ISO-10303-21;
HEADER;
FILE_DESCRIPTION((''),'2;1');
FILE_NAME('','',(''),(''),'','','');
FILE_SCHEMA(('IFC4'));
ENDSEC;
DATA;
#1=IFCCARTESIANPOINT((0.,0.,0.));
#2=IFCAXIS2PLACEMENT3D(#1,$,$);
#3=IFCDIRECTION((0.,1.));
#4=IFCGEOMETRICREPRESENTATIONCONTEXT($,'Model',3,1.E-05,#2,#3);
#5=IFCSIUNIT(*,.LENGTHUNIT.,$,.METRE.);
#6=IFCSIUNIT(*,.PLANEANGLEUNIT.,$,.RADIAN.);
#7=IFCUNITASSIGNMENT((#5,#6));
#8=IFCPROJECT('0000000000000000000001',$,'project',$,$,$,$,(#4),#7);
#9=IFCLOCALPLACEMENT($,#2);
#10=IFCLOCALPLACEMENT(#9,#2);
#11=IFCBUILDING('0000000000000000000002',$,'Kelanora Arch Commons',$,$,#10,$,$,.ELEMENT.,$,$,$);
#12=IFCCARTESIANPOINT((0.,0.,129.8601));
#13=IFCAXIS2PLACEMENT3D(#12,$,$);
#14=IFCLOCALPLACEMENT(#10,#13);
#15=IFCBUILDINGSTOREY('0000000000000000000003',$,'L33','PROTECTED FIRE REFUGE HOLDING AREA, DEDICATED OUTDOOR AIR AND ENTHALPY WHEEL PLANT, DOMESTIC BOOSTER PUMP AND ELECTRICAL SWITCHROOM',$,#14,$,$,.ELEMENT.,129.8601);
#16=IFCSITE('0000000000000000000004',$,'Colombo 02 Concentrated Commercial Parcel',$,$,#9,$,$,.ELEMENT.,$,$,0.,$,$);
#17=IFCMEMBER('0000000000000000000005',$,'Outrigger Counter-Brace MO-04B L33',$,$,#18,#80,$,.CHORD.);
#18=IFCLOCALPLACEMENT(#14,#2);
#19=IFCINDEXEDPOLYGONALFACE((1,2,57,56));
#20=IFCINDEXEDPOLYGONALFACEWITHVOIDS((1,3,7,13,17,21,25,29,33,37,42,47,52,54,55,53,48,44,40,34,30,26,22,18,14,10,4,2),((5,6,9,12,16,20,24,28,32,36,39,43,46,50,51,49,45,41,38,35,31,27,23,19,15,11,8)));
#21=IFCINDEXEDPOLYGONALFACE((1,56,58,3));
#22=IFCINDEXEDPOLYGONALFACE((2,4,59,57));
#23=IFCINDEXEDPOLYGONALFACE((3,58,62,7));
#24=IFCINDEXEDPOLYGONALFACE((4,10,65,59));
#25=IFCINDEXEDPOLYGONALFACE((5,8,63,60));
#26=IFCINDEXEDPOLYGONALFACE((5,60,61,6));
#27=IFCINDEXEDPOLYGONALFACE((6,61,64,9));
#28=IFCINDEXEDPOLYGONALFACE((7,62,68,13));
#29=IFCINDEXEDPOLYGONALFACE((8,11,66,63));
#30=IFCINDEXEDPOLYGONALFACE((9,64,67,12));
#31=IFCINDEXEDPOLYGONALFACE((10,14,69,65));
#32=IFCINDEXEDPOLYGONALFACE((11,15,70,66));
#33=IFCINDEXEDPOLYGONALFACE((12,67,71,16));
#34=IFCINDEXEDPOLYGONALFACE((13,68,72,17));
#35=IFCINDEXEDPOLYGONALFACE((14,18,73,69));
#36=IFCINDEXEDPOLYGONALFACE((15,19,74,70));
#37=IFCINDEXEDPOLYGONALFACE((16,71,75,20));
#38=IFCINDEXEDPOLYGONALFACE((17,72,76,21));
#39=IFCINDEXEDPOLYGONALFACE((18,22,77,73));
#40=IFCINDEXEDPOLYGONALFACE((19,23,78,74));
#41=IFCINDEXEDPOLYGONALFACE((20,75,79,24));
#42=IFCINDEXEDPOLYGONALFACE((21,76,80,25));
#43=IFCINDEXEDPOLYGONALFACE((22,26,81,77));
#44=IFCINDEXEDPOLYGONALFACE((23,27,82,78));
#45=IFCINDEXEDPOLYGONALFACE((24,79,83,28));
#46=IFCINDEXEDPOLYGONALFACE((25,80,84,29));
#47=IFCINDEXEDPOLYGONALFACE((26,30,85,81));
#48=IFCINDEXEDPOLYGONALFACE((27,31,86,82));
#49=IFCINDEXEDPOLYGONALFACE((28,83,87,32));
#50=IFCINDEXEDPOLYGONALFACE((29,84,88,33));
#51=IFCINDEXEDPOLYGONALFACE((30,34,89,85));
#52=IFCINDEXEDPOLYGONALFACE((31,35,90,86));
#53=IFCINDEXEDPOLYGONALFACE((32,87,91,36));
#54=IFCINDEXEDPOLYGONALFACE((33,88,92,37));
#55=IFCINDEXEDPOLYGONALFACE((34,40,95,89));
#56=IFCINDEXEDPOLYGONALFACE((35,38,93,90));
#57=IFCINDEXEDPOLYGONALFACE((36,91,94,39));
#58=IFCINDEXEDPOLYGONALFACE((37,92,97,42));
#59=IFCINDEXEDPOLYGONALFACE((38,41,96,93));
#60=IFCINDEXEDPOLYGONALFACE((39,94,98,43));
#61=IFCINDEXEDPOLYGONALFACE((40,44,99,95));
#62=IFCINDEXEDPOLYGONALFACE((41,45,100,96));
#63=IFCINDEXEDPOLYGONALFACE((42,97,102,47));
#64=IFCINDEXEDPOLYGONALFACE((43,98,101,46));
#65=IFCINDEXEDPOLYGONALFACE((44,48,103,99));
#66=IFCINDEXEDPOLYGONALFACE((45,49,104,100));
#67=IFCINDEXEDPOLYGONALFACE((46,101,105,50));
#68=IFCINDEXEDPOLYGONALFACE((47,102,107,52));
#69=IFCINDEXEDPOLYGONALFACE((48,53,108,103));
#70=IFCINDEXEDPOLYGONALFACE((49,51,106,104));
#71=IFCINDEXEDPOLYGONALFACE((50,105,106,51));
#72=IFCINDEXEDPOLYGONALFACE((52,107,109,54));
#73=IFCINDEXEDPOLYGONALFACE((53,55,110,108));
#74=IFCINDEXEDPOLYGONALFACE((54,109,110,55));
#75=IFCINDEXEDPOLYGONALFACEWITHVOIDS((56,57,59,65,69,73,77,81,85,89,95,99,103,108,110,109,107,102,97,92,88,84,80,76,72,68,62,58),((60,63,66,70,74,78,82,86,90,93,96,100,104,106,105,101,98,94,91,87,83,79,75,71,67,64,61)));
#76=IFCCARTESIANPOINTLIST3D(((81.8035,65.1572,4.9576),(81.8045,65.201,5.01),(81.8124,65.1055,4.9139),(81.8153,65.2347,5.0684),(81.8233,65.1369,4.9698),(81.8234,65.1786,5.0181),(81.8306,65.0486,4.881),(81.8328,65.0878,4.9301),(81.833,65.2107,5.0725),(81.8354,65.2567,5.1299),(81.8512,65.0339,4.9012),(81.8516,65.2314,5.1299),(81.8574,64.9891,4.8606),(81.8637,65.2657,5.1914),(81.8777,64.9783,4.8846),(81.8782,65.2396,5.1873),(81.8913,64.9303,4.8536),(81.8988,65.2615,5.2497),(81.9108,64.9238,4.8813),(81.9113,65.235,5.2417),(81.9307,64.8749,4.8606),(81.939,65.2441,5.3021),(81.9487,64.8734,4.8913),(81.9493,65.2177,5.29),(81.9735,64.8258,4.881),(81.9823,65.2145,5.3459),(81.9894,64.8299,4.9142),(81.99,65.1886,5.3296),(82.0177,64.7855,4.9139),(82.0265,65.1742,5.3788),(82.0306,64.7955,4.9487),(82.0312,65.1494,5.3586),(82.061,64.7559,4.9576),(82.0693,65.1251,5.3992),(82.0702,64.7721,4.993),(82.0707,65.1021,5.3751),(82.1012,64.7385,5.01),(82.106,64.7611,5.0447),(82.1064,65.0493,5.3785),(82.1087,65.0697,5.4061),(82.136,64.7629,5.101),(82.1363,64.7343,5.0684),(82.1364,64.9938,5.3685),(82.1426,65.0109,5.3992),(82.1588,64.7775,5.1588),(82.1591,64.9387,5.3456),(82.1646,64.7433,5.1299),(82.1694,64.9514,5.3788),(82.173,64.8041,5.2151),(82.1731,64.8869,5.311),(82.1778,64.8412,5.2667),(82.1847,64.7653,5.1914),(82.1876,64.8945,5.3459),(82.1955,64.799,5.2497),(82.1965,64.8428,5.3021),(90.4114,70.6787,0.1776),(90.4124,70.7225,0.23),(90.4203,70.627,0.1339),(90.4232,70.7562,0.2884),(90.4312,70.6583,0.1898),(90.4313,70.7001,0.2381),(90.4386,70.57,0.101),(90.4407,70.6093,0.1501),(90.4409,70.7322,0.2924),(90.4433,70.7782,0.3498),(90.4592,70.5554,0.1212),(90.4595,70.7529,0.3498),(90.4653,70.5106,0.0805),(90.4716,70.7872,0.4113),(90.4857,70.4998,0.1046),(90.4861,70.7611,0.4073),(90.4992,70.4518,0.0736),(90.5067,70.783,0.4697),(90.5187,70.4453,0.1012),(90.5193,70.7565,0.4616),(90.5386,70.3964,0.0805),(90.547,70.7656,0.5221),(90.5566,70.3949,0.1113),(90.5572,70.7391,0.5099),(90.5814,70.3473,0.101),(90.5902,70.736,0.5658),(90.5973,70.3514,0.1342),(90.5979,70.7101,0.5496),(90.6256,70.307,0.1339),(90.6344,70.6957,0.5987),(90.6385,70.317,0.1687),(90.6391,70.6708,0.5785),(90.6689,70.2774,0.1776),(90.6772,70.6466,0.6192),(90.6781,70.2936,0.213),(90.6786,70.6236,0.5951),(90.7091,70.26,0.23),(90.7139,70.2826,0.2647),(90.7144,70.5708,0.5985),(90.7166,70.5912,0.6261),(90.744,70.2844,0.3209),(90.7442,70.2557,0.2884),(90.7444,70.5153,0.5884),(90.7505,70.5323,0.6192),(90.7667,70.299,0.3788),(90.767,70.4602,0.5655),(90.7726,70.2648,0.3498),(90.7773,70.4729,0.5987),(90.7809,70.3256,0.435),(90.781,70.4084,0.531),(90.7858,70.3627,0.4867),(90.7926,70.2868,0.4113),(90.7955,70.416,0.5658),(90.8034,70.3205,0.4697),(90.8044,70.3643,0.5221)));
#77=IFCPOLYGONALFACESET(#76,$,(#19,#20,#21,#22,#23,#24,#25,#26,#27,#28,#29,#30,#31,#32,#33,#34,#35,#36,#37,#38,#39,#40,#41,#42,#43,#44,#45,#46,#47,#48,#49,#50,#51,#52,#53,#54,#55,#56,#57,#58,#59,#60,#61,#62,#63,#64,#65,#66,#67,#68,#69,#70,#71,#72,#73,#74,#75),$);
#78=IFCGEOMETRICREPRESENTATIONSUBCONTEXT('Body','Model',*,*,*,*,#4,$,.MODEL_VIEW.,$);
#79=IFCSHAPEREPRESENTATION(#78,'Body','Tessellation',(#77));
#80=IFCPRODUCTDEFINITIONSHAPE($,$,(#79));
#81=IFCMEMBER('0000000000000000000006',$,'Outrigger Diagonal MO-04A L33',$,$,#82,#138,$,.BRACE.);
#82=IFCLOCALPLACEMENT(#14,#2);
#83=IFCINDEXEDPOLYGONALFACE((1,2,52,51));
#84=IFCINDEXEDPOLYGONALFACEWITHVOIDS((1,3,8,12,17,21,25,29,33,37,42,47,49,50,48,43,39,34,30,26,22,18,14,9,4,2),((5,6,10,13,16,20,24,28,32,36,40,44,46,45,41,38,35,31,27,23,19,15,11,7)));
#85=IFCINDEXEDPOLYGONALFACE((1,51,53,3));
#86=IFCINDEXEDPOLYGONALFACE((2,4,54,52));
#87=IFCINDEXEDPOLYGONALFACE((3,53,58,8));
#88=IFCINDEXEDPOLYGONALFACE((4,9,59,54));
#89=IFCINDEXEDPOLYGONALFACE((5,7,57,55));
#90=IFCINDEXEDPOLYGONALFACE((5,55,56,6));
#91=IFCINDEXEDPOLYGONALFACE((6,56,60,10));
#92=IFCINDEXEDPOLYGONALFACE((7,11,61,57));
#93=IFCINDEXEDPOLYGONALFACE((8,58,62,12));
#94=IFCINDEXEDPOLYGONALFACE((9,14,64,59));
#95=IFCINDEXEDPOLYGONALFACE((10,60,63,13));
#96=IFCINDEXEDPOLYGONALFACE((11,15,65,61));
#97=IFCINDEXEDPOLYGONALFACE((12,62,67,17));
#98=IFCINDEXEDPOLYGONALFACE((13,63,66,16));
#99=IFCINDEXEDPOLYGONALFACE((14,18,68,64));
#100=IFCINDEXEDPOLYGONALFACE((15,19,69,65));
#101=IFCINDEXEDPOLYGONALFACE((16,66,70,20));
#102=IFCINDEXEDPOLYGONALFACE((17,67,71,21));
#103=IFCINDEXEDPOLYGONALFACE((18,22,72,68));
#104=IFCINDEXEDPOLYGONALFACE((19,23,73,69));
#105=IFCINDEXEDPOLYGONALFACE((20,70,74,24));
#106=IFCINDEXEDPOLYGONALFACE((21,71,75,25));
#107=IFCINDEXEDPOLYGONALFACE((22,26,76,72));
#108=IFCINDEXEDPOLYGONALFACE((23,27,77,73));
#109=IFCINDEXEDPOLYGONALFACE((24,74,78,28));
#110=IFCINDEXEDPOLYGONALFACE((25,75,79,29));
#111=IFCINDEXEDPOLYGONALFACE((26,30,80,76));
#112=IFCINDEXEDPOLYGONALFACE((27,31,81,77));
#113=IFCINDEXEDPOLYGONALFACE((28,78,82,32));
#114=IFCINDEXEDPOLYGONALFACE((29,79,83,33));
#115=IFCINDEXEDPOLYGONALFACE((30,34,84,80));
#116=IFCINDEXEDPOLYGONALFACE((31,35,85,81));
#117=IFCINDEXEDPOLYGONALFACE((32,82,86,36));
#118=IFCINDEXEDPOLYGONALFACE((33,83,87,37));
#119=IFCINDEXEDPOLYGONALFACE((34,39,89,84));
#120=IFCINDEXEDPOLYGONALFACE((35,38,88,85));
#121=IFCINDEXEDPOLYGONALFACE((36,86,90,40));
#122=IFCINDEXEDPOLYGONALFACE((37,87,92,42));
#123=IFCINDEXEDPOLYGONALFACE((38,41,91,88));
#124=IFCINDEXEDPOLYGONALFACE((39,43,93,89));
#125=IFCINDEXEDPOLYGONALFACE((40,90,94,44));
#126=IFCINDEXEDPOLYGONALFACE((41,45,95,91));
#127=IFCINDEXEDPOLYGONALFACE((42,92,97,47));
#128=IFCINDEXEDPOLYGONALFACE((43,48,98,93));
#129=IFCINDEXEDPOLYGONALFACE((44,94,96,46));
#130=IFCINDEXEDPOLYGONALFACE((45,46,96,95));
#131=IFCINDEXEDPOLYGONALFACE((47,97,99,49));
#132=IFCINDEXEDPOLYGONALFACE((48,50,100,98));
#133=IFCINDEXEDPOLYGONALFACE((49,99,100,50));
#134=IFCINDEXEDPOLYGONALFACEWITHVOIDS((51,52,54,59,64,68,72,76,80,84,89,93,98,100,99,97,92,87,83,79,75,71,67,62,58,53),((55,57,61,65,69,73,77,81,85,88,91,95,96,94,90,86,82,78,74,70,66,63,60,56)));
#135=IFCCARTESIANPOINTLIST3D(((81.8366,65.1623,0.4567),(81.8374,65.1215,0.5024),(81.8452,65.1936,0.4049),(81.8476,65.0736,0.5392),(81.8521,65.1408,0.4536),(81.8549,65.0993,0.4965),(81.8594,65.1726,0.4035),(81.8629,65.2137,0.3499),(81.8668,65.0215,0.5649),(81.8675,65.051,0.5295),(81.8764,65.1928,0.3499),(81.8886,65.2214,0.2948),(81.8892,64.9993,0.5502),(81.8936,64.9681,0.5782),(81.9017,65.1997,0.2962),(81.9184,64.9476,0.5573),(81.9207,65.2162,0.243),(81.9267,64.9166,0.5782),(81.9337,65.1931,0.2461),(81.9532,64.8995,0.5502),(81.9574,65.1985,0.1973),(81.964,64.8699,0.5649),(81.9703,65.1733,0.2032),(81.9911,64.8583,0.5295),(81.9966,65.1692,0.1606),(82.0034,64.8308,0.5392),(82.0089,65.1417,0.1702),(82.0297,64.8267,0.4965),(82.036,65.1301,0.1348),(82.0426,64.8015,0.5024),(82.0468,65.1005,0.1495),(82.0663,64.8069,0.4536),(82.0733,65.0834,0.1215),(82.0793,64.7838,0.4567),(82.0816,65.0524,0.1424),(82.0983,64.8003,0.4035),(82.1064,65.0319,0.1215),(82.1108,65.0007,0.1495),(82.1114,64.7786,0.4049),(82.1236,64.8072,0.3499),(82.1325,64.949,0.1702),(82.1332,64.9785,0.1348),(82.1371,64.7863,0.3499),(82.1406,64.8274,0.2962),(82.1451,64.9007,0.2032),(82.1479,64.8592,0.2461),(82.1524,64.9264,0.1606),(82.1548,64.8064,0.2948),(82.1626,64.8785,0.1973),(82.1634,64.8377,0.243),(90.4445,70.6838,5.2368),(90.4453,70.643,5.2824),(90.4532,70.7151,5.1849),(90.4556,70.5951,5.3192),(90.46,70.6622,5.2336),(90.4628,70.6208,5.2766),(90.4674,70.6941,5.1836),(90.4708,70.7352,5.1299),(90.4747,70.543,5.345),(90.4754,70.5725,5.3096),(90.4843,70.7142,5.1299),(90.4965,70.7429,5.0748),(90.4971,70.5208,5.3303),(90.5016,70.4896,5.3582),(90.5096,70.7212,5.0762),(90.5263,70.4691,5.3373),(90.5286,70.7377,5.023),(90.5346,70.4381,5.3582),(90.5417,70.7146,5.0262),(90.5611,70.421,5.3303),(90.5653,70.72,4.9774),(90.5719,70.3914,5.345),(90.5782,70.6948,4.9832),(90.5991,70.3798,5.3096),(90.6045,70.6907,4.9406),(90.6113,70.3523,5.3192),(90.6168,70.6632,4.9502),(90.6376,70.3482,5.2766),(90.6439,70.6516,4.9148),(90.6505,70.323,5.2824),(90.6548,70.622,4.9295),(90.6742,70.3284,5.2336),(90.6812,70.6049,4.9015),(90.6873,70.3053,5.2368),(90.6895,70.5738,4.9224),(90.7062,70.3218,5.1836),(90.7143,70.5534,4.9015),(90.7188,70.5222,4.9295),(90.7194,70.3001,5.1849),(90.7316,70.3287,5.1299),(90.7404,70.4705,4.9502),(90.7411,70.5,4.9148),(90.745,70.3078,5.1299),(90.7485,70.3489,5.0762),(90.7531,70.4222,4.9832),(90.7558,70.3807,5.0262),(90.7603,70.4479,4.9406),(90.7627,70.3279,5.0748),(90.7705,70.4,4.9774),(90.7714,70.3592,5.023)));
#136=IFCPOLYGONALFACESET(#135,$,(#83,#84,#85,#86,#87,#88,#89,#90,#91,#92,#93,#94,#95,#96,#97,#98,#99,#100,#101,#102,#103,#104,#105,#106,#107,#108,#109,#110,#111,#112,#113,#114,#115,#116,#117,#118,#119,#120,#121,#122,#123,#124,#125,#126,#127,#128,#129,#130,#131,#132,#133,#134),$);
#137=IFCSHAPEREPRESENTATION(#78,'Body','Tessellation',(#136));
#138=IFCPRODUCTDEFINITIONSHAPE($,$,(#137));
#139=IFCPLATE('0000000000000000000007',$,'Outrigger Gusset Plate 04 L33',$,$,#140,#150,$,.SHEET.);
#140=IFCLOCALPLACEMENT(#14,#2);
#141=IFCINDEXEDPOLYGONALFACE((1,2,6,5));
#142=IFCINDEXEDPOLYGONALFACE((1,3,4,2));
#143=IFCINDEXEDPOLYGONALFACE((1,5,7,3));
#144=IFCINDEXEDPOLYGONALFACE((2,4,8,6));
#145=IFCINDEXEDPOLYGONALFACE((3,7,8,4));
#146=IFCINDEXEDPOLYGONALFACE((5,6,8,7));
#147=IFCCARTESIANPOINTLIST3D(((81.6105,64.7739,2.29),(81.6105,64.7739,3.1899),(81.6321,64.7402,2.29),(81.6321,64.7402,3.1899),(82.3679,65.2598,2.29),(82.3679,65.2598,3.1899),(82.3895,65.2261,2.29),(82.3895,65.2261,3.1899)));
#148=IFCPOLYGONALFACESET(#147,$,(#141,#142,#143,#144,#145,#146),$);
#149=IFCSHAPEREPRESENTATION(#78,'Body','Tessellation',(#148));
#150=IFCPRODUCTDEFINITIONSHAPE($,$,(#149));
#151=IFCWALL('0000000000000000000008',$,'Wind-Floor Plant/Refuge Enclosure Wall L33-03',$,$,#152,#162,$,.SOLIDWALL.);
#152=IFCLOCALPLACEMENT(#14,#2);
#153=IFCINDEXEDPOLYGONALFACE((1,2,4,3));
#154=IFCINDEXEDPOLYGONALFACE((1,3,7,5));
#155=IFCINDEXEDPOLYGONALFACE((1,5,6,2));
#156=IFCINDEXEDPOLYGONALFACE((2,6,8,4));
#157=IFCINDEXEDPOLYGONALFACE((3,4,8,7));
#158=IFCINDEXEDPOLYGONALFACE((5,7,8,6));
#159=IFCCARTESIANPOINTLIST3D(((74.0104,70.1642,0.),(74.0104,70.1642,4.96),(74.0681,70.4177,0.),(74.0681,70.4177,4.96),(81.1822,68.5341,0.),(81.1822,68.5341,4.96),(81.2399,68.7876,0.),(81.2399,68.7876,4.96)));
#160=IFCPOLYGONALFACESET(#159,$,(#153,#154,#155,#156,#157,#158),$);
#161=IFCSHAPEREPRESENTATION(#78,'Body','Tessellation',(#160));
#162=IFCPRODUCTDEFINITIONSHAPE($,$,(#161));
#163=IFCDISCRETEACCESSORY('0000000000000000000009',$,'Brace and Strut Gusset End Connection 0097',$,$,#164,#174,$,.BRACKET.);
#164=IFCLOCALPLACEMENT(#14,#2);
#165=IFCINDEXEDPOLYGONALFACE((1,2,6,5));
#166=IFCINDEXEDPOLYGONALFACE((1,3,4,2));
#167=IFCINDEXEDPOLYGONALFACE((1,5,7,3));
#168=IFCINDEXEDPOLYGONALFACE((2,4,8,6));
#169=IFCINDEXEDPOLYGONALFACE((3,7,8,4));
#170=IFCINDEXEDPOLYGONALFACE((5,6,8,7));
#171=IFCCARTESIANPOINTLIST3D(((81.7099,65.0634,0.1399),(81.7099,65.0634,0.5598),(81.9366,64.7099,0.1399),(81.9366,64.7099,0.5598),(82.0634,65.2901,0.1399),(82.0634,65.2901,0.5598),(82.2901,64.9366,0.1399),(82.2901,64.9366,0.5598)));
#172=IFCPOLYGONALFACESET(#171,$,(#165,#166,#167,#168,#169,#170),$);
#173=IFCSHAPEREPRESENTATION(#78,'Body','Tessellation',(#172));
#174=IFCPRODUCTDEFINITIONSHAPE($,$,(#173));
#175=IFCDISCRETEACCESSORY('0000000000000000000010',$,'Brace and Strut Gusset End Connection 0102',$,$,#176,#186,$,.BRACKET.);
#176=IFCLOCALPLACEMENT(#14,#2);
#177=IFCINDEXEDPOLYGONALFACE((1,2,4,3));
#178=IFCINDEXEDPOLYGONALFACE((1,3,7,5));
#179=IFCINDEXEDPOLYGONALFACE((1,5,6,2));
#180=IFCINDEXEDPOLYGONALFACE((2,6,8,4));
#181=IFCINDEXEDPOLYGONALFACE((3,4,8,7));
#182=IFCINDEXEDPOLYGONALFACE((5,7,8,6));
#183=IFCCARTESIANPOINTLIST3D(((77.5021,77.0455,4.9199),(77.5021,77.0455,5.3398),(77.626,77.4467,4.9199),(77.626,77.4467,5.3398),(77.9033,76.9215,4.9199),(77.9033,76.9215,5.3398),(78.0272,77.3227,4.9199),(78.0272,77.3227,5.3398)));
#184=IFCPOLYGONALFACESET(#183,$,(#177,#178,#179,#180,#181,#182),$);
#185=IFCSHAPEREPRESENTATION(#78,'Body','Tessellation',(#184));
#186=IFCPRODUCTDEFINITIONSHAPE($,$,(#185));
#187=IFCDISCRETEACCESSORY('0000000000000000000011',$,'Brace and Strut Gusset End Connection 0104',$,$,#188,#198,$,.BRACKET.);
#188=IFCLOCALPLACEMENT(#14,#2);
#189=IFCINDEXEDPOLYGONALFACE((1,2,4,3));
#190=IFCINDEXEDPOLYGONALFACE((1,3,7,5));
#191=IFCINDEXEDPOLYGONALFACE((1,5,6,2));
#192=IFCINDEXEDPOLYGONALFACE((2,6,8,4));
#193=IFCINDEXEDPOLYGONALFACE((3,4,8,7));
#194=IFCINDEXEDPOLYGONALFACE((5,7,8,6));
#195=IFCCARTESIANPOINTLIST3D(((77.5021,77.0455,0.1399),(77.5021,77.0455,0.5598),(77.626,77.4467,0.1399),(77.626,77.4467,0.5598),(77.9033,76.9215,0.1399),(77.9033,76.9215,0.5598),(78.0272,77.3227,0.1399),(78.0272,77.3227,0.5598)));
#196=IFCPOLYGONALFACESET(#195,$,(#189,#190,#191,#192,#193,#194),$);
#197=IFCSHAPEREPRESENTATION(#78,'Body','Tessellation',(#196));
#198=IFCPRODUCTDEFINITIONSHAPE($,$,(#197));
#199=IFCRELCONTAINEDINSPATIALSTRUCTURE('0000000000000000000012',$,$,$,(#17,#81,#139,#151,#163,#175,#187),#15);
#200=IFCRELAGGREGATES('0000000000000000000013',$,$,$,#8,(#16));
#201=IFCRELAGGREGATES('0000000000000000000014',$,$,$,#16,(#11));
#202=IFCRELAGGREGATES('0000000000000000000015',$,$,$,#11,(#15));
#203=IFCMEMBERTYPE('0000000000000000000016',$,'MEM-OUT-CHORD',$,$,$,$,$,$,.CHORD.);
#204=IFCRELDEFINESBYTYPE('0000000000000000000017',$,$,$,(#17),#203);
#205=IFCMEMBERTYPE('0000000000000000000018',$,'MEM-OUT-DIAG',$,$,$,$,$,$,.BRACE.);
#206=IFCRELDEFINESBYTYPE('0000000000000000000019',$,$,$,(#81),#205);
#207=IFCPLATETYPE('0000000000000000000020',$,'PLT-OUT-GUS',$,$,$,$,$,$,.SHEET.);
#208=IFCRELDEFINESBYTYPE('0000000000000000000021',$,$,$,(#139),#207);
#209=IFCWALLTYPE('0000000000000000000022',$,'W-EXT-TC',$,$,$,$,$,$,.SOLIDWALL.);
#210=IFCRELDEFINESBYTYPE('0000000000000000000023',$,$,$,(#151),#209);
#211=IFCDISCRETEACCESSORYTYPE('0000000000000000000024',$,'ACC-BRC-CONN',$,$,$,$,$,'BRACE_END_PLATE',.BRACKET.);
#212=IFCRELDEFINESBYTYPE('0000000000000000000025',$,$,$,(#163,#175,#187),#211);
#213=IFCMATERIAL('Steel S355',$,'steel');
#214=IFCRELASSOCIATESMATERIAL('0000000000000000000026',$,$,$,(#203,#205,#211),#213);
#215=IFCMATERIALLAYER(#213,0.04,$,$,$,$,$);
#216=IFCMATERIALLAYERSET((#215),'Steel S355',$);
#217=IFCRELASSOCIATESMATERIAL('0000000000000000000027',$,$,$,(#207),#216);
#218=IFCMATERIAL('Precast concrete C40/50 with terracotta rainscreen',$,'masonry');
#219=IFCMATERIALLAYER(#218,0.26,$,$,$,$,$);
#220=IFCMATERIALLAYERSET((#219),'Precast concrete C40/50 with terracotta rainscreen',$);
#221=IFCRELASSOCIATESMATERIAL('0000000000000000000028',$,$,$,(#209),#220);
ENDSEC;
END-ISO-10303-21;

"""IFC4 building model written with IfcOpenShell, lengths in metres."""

from ifc_helpers import new_model, si_unit, direction, frame, frame_2d, origin, origin_2d, place, context, subcontext, project, spatial, rectangle, hollow_circle, extrude, source, transform, mapped, material, layer, layer_set, material_profile, profile_set, type_object, element, save


model = new_model("IFC4")

# Units and contexts
model_context = context("Model", 3, precision=1e-05, world=origin(), true_north=direction((0.0, 1.0)))
body_context = subcontext(model_context, "Body", "Model", "MODEL_VIEW")
ifc_project = project(units=[si_unit("LENGTHUNIT", "METRE"), si_unit("PLANEANGLEUNIT", "RADIAN")], contexts=[model_context])

# Site, building, storey
site_placement = place(None, origin())
site = spatial("IfcSite", under=ifc_project, at=site_placement, Name="Colombo 02 Concentrated Commercial Parcel", CompositionType="ELEMENT", RefElevation=0.0)
building_placement = place(site_placement, origin())
building = spatial("IfcBuilding", under=site, at=building_placement, Name="Kelanora Arch Commons", CompositionType="ELEMENT")
storey_placement = place(building_placement, frame((0.0, 0.0, 129.8601)))
storey = spatial("IfcBuildingStorey", under=building, at=storey_placement, Name="L33", Description="PROTECTED FIRE REFUGE HOLDING AREA, DEDICATED OUTDOOR AIR AND ENTHALPY WHEEL PLANT, DOMESTIC BOOSTER PUMP AND ELECTRICAL SWITCHROOM", CompositionType="ELEMENT", Elevation=129.8601)

# Shared definitions
ifc_material_1 = material(Name="Steel S355", Category="steel")

# Members
ifc_material_profile_1 = material_profile(ifc_material_1, hollow_circle(Radius=0.3049, WallThickness=0.03, at=origin_2d()), Name="CHS610x30")
ifc_profile_set_1 = profile_set([ifc_material_profile_1], Name="Steel S355")
member_type_1 = type_object("IfcMemberType", Name="MEM-OUT-CHORD", PredefinedType="CHORD", material=ifc_profile_set_1)
member_1_placement = place(storey_placement, frame((82.0, 65.0, 5.1299), z_axis=(0.762534, 0.489122, -0.42344), x_axis=(-0.539915, 0.841719, 0.0)))
element("IfcMember", 1, at=member_1_placement, inside=storey, type_object=member_type_1, Name="Outrigger Counter-Brace MO-04B L33", PredefinedType="CHORD", context=body_context, shape_type="SweptSolid", body=[
    extrude(hollow_circle(Radius=0.3049, WallThickness=0.03, at=origin_2d()), origin(), (0.0, 0.0, 1.0), 11.2886),
])
ifc_material_profile_2 = material_profile(ifc_material_1, hollow_circle(Radius=0.2539, WallThickness=0.0249, at=origin_2d()), Name="CHS508x25")
ifc_profile_set_2 = profile_set([ifc_material_profile_2], Name="Steel S355")
member_type_2 = type_object("IfcMemberType", Name="MEM-OUT-DIAG", PredefinedType="BRACE", material=ifc_profile_set_2)
member_2_placement = place(storey_placement, frame((82.0, 65.0, 0.3499), z_axis=(0.762534, 0.489122, 0.42344), x_axis=(-0.539915, 0.841719, 0.0)))
element("IfcMember", 2, at=member_2_placement, inside=storey, type_object=member_type_2, Name="Outrigger Diagonal MO-04A L33", PredefinedType="BRACE", context=body_context, shape_type="SweptSolid", body=[
    extrude(hollow_circle(Radius=0.2539, WallThickness=0.0249, at=origin_2d()), origin(), (0.0, 0.0, 1.0), 11.2886),
])

# Plate
ifc_layer_1 = layer(ifc_material_1, 0.04)
ifc_layer_set_1 = layer_set([ifc_layer_1], Name="Steel S355")
plate_type = type_object("IfcPlateType", Name="PLT-OUT-GUS", PredefinedType="SHEET", material=ifc_layer_set_1)
shared_shape_1 = source(origin(), body_context, "Body", "SweptSolid", [
    extrude(rectangle(XDim=0.8999, YDim=0.04, at=origin_2d()), origin(), (0.0, 0.0, 1.0), 0.8999),
])
plate_placement = place(storey_placement, frame((82.0, 65.0, 2.29), z_axis=(0.0, 0.0, 1.0), x_axis=(0.841716, 0.539921, 0.0)))
element("IfcPlate", 3, at=plate_placement, inside=storey, type_object=plate_type, Name="Outrigger Gusset Plate 04 L33", PredefinedType="SHEET", context=body_context, shape_type="MappedRepresentation", body=[
    mapped(shared_shape_1, transform((0.0, 0.0, 0.0), scale=1.0)),
])

# Wall
ifc_material_2 = material(Name="Precast concrete C40/50 with terracotta rainscreen", Category="masonry")
ifc_layer_2 = layer(ifc_material_2, 0.26)
ifc_layer_set_2 = layer_set([ifc_layer_2], Name="Precast concrete C40/50 with terracotta rainscreen")
wall_type = type_object("IfcWallType", Name="W-EXT-TC", PredefinedType="SOLIDWALL", material=ifc_layer_set_2)
wall_placement = place(storey_placement, frame((81.2109, 68.6609, 0.0), z_axis=(0.0, 0.0, 1.0), x_axis=(-0.975128, 0.221641, 0.0)))
element("IfcWall", 4, at=wall_placement, inside=storey, type_object=wall_type, Name="Wind-Floor Plant/Refuge Enclosure Wall L33-03", PredefinedType="SOLIDWALL", context=body_context, shape_type="SweptSolid", body=[
    extrude(rectangle(XDim=7.3547, YDim=0.26, at=frame_2d((3.6772, 0.0))), origin(), (0.0, 0.0, 1.0), 4.96),
])

# Discrete accessories
discrete_accessory_type = type_object("IfcDiscreteAccessoryType", Name="ACC-BRC-CONN", ElementType="BRACE_END_PLATE", PredefinedType="BRACKET", material=ifc_material_1)
shared_shape_2 = source(origin(), body_context, "Body", "SweptSolid", [
    extrude(rectangle(XDim=0.4199, YDim=0.4199, at=origin_2d()), origin(), (0.0, 0.0, 1.0), 0.4199),
])
for number, where, z_axis, x_axis, name in (
    (5, (82.0, 65.0, 0.1399), (0.0, 0.0, 1.0), (0.841699, 0.539947, 0.0), "Brace and Strut Gusset End Connection 0097"),
    (6, (77.7646, 77.1841, 4.9199), (0.0, 0.0, 1.0), (0.295208, 0.955433, 0.0), "Brace and Strut Gusset End Connection 0102"),
    (7, (77.7646, 77.1841, 0.1399), (0.0, 0.0, 1.0), (0.295208, 0.955433, 0.0), "Brace and Strut Gusset End Connection 0104"),
):
    element("IfcDiscreteAccessory", number, at=place(storey_placement, frame(where, z_axis=z_axis, x_axis=x_axis)), inside=storey, type_object=discrete_accessory_type, Name=name, PredefinedType="BRACKET", context=body_context, shape_type="MappedRepresentation", body=[
        mapped(shared_shape_2, transform((0.0, 0.0, 0.0), scale=1.0)),
    ])

save(model, "model.ifc")
